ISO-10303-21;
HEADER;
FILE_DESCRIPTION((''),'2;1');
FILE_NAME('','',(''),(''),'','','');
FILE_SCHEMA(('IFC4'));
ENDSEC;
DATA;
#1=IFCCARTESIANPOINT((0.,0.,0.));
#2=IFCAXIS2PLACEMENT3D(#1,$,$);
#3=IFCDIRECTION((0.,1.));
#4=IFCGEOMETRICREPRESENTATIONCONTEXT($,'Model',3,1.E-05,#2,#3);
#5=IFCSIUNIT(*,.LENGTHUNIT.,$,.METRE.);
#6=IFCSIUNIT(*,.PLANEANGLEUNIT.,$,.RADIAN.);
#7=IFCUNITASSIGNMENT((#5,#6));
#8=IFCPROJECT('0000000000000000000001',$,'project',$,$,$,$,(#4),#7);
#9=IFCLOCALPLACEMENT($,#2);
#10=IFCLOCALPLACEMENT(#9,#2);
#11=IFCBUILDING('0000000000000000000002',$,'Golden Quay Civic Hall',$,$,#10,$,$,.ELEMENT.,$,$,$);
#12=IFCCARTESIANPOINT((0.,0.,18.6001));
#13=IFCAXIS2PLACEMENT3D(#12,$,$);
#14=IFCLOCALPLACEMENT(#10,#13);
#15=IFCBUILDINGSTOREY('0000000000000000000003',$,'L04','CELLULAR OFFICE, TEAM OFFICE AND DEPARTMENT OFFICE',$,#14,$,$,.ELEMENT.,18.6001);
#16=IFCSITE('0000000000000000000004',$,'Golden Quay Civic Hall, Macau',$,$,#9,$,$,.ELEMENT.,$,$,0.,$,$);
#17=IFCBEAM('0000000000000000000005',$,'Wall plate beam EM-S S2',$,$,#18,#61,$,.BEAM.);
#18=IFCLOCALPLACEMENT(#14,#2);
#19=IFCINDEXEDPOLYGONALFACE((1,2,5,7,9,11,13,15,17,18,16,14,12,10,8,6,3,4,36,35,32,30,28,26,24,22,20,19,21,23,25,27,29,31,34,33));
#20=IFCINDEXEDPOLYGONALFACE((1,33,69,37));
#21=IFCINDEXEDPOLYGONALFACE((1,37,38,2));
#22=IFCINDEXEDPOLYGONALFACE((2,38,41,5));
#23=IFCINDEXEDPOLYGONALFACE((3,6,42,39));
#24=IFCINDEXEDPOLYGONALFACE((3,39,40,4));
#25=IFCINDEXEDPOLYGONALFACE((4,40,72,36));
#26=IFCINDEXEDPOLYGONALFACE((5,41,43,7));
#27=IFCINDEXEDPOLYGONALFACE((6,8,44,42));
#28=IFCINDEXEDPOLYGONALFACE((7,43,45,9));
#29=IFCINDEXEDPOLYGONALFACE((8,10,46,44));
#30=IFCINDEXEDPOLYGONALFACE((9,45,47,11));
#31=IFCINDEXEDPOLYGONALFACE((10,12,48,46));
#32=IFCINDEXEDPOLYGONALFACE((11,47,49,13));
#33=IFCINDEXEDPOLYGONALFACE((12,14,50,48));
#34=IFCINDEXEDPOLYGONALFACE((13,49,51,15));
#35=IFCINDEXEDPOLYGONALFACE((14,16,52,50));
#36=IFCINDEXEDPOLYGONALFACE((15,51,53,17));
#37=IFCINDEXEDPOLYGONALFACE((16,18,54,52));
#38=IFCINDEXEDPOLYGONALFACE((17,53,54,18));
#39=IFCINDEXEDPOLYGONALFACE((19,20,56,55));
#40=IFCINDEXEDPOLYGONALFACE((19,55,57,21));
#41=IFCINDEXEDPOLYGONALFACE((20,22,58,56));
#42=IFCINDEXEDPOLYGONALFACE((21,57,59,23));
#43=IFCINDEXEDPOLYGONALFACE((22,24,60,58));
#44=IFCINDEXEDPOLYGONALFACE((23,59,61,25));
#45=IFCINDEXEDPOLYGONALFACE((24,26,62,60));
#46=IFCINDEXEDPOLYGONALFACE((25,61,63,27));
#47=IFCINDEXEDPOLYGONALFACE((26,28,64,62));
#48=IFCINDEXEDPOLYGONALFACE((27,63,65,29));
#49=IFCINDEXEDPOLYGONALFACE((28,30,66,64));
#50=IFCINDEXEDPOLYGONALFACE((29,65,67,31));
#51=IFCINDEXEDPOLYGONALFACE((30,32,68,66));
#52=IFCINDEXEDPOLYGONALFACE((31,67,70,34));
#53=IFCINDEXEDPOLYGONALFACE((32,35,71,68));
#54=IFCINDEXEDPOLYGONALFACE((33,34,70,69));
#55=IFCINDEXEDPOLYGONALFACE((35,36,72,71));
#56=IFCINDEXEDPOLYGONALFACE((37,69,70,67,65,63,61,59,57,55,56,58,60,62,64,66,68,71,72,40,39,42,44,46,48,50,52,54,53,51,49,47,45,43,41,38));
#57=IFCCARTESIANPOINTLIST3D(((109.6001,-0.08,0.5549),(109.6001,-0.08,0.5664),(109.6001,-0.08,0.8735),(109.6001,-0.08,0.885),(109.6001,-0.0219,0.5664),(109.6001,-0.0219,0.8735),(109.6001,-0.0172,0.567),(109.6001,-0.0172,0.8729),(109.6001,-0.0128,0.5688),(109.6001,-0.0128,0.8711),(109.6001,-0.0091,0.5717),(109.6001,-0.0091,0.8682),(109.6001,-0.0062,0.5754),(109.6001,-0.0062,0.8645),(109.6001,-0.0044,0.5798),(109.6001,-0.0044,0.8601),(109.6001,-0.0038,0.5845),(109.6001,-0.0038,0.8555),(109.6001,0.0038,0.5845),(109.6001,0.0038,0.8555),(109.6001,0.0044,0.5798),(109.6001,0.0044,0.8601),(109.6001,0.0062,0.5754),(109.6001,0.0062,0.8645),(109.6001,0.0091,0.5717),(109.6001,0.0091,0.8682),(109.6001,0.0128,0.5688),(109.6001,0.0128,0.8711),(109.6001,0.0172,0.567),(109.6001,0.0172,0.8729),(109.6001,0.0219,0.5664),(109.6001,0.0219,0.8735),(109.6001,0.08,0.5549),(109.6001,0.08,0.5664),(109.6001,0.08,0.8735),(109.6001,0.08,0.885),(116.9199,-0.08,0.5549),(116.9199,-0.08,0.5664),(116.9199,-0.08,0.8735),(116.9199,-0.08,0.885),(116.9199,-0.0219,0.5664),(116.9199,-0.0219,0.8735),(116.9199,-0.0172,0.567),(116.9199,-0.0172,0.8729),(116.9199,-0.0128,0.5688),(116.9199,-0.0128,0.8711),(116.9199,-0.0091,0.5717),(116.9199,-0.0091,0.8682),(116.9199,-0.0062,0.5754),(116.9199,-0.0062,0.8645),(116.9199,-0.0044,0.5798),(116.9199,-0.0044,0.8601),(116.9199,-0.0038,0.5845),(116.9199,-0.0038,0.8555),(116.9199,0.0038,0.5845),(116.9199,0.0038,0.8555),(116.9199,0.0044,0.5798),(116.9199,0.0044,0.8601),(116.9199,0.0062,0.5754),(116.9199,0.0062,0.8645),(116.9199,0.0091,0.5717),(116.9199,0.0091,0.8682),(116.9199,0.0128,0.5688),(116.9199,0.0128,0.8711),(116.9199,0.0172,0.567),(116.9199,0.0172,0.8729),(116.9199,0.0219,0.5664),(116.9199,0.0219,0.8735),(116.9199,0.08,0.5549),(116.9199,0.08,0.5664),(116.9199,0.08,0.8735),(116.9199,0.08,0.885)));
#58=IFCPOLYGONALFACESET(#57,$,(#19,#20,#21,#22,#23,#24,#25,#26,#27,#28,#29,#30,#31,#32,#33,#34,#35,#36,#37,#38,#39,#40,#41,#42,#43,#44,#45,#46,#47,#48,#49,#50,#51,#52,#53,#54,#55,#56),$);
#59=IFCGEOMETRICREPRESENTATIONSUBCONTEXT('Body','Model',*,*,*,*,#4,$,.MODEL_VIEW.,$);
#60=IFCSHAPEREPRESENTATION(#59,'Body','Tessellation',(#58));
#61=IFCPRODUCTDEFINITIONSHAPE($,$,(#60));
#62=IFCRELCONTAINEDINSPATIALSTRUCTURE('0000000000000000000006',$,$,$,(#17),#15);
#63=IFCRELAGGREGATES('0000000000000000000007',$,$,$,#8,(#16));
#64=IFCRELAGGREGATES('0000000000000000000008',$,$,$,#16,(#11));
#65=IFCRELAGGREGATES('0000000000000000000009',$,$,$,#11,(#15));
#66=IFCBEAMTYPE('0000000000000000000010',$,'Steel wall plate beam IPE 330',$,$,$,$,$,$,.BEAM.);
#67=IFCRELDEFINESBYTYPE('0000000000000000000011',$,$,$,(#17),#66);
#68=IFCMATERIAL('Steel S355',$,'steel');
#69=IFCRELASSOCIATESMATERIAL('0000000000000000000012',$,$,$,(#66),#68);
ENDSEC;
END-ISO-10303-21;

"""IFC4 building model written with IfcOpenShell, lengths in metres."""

from ifc_helpers import new_model, si_unit, direction, frame, origin, origin_2d, place, context, subcontext, project, spatial, i_section, extrude, material, material_profile, profile_set, type_object, element, save


model = new_model("IFC4")

# Units and contexts
model_context = context("Model", 3, precision=1e-05, world=origin(), true_north=direction((0.0, 1.0)))
body_context = subcontext(model_context, "Body", "Model", "MODEL_VIEW")
ifc_project = project(units=[si_unit("LENGTHUNIT", "METRE"), si_unit("PLANEANGLEUNIT", "RADIAN")], contexts=[model_context])

# Site, building, storey
site_placement = place(None, origin())
site = spatial("IfcSite", under=ifc_project, at=site_placement, Name="Golden Quay Civic Hall, Macau", CompositionType="ELEMENT", RefElevation=0.0)
building_placement = place(site_placement, origin())
building = spatial("IfcBuilding", under=site, at=building_placement, Name="Golden Quay Civic Hall", CompositionType="ELEMENT")
storey_placement = place(building_placement, frame((0.0, 0.0, 18.6001)))
storey = spatial("IfcBuildingStorey", under=building, at=storey_placement, Name="L04", Description="CELLULAR OFFICE, TEAM OFFICE AND DEPARTMENT OFFICE", CompositionType="ELEMENT", Elevation=18.6001)

# Beam
ifc_material_1 = material(Name="Steel S355", Category="steel")
ifc_material_profile_1 = material_profile(ifc_material_1, i_section(OverallWidth=0.1599, OverallDepth=0.3301, WebThickness=0.0076, FlangeThickness=0.0115, FilletRadius=0.0181, at=origin_2d()), Name="IPE 330")
ifc_profile_set_1 = profile_set([ifc_material_profile_1], Name="Steel S355")
beam_type_1 = type_object("IfcBeamType", Name="Steel wall plate beam IPE 330", PredefinedType="BEAM", material=ifc_profile_set_1)
beam_1_placement = place(storey_placement, frame((109.6001, 0.0, 0.72), z_axis=(1.0, 0.0, 0.0), x_axis=(0.0, 1.0, 0.0)))
element("IfcBeam", 1, at=beam_1_placement, inside=storey, type_object=beam_type_1, Name="Wall plate beam EM-S S2", PredefinedType="BEAM", context=body_context, shape_type="SweptSolid", body=[
    extrude(i_section(OverallWidth=0.1599, OverallDepth=0.3301, WebThickness=0.0076, FlangeThickness=0.0115, FilletRadius=0.0181, at=origin_2d()), origin(), (0.0, 0.0, 1.0), 7.3198),
])

save(model, "model.ifc")
